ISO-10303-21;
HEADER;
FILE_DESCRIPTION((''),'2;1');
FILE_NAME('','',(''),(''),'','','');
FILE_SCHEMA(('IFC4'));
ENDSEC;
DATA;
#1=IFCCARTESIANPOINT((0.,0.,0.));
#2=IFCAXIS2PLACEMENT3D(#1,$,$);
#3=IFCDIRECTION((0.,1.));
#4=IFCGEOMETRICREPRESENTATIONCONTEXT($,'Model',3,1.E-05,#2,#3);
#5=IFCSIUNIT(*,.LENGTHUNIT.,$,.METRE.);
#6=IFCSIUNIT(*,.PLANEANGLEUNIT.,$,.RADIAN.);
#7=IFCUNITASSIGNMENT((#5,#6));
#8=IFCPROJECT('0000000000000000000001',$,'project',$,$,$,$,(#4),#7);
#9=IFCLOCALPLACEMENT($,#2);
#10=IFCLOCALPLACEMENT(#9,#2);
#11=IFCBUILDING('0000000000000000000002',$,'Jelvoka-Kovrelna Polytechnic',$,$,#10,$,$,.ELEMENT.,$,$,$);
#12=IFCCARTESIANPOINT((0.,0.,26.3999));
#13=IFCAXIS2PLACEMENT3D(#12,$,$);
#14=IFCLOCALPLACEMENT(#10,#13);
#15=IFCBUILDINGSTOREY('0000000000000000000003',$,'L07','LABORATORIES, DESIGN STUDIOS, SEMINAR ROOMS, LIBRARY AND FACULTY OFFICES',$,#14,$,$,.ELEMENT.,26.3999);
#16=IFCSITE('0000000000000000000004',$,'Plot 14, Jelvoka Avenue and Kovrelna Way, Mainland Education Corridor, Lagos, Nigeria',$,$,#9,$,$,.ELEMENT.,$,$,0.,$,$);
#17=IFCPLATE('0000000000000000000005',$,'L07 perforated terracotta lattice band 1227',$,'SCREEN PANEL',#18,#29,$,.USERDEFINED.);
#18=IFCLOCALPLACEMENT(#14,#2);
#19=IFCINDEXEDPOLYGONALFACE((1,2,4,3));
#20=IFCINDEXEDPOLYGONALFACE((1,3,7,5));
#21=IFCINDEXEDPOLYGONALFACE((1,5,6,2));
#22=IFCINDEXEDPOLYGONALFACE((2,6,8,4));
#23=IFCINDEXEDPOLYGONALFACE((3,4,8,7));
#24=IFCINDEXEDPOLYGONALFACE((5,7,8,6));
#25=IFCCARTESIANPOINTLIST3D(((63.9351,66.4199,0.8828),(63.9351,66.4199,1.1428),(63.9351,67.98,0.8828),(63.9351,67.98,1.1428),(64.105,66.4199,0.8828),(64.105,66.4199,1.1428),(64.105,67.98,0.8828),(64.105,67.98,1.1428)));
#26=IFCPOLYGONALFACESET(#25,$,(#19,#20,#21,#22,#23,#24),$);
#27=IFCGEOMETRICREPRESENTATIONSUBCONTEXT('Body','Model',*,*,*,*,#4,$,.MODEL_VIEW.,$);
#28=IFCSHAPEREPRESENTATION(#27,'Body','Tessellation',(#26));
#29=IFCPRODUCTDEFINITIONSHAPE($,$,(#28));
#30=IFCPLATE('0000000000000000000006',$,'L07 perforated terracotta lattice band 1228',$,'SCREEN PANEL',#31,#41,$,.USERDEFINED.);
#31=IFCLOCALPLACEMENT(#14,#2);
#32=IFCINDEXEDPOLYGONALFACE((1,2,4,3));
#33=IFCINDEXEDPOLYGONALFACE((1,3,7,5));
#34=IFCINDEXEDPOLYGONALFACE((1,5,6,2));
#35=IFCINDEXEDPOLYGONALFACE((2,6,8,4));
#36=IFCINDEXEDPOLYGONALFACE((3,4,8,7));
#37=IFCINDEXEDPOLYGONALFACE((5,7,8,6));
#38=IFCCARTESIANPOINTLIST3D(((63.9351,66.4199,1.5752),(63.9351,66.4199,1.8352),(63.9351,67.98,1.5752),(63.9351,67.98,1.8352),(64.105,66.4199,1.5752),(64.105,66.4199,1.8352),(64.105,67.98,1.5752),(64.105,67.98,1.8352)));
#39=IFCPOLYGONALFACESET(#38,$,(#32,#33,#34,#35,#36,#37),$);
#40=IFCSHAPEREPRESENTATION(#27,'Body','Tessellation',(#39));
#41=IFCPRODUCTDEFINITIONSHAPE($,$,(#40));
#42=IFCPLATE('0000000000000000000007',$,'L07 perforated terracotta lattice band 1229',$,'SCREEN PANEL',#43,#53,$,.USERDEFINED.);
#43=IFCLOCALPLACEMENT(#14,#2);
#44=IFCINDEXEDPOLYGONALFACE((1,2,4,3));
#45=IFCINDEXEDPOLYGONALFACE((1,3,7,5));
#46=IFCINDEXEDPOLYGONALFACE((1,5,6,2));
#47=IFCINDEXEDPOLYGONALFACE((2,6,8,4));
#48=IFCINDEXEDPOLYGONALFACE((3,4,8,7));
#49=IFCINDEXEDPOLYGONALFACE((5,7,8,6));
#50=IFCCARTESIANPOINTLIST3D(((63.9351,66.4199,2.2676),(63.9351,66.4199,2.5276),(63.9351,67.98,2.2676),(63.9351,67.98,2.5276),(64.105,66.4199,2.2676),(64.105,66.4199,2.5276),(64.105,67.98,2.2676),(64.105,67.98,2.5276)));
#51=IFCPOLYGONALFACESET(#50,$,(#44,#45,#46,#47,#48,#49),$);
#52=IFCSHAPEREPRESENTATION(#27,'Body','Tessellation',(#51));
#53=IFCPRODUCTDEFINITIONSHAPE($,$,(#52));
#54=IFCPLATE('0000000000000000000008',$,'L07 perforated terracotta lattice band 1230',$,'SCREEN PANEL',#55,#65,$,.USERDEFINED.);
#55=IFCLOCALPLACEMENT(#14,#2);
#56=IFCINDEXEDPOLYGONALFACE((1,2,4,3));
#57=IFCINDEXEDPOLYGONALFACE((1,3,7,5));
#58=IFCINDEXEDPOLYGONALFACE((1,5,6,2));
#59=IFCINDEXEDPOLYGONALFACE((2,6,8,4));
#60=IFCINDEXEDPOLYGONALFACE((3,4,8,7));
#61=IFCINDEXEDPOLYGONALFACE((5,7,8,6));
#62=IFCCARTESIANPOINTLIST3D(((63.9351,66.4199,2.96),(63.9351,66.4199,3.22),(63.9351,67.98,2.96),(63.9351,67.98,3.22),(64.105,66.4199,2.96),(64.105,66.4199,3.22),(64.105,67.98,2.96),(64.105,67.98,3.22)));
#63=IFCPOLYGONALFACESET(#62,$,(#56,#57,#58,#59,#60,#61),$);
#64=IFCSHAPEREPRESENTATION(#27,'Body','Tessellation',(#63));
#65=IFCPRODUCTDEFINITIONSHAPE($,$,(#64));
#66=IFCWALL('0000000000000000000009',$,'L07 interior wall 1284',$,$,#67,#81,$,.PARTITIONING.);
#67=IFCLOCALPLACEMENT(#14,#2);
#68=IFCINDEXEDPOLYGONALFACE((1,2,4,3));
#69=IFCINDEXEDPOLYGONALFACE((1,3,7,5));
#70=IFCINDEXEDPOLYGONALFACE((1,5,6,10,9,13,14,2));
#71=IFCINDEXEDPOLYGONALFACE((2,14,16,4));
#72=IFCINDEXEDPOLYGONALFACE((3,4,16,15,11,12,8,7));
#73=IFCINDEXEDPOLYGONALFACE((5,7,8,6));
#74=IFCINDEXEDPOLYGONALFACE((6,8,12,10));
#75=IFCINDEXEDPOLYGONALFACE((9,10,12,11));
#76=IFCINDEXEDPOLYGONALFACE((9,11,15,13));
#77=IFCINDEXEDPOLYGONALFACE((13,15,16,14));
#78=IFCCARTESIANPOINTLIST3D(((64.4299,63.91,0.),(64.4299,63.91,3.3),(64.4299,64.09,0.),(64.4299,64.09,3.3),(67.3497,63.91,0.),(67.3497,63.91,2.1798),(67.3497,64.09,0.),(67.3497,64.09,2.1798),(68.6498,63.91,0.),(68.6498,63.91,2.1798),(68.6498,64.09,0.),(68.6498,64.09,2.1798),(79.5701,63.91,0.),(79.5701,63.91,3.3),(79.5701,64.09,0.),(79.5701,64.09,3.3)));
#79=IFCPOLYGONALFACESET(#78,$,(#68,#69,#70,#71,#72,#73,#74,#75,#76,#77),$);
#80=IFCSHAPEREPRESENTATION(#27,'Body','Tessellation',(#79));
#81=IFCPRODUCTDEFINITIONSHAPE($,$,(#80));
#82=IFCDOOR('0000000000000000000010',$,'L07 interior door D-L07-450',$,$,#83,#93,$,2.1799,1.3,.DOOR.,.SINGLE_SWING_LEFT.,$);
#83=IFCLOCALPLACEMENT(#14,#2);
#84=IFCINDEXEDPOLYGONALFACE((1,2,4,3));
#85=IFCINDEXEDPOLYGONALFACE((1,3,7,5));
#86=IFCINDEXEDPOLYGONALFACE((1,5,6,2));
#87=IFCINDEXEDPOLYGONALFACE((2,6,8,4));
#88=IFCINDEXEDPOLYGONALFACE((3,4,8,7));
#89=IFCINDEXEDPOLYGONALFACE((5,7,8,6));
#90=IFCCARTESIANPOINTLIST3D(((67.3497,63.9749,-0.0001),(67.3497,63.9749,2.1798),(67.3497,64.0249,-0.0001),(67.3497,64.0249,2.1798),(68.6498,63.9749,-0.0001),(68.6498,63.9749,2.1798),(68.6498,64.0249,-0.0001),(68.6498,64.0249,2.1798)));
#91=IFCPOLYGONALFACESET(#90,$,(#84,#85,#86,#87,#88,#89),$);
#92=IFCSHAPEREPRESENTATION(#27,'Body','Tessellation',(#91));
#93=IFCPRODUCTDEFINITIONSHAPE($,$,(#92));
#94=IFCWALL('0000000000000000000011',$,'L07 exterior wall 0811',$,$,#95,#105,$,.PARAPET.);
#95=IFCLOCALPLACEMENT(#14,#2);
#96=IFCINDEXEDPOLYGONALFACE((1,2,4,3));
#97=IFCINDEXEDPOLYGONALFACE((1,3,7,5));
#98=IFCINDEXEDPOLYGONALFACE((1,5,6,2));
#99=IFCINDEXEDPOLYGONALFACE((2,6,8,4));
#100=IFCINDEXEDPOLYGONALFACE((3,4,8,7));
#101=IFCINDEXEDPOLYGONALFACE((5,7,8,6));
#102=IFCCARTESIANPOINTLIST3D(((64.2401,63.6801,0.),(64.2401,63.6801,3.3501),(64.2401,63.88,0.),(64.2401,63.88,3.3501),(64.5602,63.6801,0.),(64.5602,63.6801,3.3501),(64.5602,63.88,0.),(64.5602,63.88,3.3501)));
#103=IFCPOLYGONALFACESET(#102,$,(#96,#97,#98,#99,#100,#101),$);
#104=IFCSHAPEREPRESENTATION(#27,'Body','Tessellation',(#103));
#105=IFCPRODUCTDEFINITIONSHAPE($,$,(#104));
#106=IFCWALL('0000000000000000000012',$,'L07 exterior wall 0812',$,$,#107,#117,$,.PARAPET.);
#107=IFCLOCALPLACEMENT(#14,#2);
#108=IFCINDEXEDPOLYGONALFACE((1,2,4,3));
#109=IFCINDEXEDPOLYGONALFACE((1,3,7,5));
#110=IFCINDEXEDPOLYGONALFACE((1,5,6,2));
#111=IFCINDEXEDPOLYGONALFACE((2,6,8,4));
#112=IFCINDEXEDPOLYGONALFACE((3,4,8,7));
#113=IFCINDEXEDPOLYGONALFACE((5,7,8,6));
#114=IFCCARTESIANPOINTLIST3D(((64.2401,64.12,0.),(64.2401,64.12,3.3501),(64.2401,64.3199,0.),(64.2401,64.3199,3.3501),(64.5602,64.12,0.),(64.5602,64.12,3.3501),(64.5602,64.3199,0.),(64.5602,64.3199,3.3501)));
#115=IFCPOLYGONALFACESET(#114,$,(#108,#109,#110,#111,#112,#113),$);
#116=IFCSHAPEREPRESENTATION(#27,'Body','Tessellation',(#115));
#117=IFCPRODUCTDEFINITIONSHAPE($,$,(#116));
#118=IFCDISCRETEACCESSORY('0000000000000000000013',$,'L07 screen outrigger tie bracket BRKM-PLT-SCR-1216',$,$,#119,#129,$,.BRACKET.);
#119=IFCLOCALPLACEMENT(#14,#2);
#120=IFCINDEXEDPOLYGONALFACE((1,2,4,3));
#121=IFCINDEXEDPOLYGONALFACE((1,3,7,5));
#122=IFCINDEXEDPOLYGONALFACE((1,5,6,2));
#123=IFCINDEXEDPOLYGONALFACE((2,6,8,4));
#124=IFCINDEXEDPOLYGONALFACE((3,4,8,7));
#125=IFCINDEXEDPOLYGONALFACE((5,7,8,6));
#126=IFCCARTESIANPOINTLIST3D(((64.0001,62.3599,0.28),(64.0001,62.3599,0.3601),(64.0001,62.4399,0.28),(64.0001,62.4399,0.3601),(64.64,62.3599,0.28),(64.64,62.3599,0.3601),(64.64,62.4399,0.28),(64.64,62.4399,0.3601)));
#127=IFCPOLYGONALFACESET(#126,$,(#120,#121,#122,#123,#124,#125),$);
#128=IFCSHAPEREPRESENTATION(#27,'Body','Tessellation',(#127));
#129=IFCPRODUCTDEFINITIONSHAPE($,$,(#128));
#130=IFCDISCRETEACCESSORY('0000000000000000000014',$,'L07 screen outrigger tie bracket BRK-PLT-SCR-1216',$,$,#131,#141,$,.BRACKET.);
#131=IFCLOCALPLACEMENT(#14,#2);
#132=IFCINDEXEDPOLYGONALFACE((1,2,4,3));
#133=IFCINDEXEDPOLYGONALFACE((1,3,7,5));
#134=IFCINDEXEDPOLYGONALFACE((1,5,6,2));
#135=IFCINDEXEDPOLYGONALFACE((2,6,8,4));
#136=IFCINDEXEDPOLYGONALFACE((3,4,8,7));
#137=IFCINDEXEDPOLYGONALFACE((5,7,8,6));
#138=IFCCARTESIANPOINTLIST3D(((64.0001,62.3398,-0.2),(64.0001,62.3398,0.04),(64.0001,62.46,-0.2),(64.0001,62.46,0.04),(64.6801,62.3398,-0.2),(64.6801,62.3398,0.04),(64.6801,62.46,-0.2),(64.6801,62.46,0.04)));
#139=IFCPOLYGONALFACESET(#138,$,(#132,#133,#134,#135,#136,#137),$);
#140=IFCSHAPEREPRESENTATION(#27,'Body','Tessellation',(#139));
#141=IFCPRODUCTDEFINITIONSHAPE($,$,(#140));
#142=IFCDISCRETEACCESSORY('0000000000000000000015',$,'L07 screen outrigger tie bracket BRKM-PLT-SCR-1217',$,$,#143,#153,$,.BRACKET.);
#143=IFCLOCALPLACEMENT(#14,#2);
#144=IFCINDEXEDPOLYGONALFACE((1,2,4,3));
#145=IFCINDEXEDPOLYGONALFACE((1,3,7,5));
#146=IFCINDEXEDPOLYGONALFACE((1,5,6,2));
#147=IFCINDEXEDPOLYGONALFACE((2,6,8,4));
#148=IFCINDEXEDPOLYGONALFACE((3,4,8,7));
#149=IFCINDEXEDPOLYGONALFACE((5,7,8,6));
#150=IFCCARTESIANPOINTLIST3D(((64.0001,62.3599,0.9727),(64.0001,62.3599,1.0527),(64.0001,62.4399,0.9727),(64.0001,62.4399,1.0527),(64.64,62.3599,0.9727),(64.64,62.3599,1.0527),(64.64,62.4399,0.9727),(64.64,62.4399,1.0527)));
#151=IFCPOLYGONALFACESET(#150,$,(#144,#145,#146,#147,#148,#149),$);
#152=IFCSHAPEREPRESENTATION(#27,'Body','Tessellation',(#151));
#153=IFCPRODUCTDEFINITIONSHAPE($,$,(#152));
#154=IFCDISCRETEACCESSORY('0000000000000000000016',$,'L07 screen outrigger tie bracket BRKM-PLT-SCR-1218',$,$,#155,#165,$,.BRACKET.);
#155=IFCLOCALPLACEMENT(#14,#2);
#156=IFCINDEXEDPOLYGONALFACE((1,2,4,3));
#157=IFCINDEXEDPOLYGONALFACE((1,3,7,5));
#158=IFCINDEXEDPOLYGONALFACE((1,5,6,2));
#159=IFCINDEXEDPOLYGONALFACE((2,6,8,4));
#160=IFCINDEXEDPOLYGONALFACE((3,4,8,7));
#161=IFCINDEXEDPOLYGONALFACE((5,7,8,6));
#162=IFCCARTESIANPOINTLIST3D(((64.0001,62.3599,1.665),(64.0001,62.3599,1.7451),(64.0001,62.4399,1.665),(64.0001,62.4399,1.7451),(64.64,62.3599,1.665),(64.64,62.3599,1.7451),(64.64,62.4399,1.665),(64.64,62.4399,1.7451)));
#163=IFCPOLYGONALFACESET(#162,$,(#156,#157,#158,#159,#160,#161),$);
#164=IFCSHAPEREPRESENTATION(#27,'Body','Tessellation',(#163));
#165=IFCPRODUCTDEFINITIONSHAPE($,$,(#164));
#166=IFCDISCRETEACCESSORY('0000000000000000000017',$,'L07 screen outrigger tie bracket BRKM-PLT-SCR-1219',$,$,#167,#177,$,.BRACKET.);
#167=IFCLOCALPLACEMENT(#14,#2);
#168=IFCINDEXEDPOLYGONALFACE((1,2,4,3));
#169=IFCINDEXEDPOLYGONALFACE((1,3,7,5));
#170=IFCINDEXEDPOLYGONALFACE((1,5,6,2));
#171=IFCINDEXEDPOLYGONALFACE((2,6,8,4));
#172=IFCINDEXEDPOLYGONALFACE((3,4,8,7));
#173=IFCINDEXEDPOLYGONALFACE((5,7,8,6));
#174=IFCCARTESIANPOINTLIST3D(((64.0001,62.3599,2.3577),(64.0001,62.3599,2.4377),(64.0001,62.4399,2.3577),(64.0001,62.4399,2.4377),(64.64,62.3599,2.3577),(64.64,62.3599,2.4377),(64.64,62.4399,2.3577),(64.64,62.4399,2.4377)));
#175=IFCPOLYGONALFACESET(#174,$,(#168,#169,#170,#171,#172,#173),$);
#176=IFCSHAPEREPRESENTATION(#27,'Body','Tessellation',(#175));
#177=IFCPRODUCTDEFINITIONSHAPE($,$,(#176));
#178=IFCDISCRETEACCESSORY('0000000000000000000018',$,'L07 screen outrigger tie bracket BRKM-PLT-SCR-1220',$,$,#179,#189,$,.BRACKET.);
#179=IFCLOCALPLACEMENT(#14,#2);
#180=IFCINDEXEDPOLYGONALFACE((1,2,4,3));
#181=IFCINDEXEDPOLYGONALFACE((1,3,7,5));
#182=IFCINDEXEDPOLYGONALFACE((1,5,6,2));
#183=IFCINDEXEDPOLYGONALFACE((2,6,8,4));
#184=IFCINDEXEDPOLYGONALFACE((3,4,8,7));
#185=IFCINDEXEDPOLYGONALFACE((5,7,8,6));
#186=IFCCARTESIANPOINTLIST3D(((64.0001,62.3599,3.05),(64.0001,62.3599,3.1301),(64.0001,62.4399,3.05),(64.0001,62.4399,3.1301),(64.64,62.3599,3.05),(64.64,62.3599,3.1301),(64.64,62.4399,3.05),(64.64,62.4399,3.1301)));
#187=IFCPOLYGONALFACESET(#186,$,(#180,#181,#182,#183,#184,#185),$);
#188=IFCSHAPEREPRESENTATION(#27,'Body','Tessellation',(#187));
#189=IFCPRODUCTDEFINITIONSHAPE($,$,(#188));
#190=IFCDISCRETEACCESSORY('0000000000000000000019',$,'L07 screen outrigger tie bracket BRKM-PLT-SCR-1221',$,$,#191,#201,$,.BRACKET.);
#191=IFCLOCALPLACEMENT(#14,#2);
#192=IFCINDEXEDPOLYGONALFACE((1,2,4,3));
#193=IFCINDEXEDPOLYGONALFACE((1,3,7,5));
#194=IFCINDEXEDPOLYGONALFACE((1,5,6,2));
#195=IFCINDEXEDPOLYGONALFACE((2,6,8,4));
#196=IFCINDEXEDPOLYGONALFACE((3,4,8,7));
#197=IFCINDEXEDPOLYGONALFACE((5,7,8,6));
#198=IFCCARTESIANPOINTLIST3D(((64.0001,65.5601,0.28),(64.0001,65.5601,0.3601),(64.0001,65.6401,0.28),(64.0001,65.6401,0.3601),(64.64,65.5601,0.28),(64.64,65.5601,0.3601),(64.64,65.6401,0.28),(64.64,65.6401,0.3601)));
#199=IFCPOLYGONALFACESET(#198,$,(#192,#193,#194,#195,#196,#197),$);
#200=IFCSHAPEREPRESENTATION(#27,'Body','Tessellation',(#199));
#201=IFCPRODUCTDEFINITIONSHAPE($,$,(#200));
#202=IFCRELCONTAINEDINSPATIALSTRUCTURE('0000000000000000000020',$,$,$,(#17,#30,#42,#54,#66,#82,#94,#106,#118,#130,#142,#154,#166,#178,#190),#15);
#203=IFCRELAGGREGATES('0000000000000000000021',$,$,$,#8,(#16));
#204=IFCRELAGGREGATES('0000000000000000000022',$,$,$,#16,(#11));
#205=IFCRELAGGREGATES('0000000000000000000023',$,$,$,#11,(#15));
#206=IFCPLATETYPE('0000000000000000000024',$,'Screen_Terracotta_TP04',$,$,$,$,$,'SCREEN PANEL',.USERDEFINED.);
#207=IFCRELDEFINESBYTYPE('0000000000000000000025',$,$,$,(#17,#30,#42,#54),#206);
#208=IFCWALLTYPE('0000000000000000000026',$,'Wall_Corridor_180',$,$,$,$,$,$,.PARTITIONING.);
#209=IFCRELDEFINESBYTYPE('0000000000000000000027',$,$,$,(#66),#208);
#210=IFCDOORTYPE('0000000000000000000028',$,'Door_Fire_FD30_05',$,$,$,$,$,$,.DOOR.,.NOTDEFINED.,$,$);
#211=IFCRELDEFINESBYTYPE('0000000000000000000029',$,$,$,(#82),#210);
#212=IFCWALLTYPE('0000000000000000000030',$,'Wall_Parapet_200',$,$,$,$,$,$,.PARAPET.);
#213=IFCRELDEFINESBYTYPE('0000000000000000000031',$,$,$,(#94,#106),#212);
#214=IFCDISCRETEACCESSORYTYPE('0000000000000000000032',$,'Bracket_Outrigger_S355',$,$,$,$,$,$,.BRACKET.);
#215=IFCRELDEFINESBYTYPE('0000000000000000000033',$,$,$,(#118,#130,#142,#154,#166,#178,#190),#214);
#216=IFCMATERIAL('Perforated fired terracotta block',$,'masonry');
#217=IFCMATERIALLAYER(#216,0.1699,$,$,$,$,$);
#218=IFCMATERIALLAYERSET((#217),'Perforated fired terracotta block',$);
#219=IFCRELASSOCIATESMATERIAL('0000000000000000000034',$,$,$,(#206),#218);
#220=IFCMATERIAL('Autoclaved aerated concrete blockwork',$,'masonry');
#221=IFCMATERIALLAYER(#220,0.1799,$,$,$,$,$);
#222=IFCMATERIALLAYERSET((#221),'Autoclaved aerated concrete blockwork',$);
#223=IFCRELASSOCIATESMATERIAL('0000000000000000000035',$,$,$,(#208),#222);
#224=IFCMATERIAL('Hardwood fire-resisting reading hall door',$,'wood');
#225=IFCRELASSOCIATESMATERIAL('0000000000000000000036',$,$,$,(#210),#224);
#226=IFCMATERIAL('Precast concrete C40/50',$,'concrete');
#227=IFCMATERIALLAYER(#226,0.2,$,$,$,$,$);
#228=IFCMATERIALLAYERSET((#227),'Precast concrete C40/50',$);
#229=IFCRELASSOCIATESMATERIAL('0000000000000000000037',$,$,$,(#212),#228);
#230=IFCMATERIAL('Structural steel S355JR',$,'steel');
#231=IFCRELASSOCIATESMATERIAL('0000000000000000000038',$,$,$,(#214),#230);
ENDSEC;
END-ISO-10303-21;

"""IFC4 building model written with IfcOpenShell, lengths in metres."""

from ifc_helpers import new_model, si_unit, direction, frame, frame_2d, origin, origin_2d, place, context, subcontext, project, spatial, rectangle, extrude, material, layer, layer_set, type_object, element, fill, save


model = new_model("IFC4")

# Units and contexts
model_context = context("Model", 3, precision=1e-05, world=origin(), true_north=direction((0.0, 1.0)))
body_context = subcontext(model_context, "Body", "Model", "MODEL_VIEW")
ifc_project = project(units=[si_unit("LENGTHUNIT", "METRE"), si_unit("PLANEANGLEUNIT", "RADIAN")], contexts=[model_context])

# Site, building, storey
site_placement = place(None, origin())
site = spatial("IfcSite", under=ifc_project, at=site_placement, Name="Plot 14, Jelvoka Avenue and Kovrelna Way, Mainland Education Corridor, Lagos, Nigeria", CompositionType="ELEMENT", RefElevation=0.0)
building_placement = place(site_placement, origin())
building = spatial("IfcBuilding", under=site, at=building_placement, Name="Jelvoka-Kovrelna Polytechnic", CompositionType="ELEMENT")
storey_placement = place(building_placement, frame((0.0, 0.0, 26.3999)))
storey = spatial("IfcBuildingStorey", under=building, at=storey_placement, Name="L07", Description="LABORATORIES, DESIGN STUDIOS, SEMINAR ROOMS, LIBRARY AND FACULTY OFFICES", CompositionType="ELEMENT", Elevation=26.3999)

# Plates
ifc_material_1 = material(Name="Perforated fired terracotta block", Category="masonry")
ifc_layer_1 = layer(ifc_material_1, 0.1699)
ifc_layer_set_1 = layer_set([ifc_layer_1], Name="Perforated fired terracotta block")
plate_type = type_object("IfcPlateType", Name="Screen_Terracotta_TP04", ElementType="SCREEN PANEL", PredefinedType="USERDEFINED", material=ifc_layer_set_1)
for number, where, z_axis, x_axis, name in (
    (1, (64.02, 67.2, 0.8828), (0.0, 0.0, 1.0), (0.0, 1.0, 0.0), "L07 perforated terracotta lattice band 1227"),
    (2, (64.02, 67.2, 1.5752), (0.0, 0.0, 1.0), (0.0, 1.0, 0.0), "L07 perforated terracotta lattice band 1228"),
    (3, (64.02, 67.2, 2.2676), (0.0, 0.0, 1.0), (0.0, 1.0, 0.0), "L07 perforated terracotta lattice band 1229"),
    (4, (64.02, 67.2, 2.96), (0.0, 0.0, 1.0), (0.0, 1.0, 0.0), "L07 perforated terracotta lattice band 1230"),
):
    element("IfcPlate", number, at=place(storey_placement, frame(where, z_axis=z_axis, x_axis=x_axis)), inside=storey, type_object=plate_type, Name=name, ObjectType="SCREEN PANEL", PredefinedType="USERDEFINED", context=body_context, shape_type="SweptSolid", body=[
        extrude(rectangle(XDim=1.5601, YDim=0.1699, at=origin_2d()), origin(), (0.0, 0.0, 1.0), 0.26),
    ])

# Wall, opening, door
ifc_material_2 = material(Name="Autoclaved aerated concrete blockwork", Category="masonry")
ifc_layer_2 = layer(ifc_material_2, 0.1799)
ifc_layer_set_2 = layer_set([ifc_layer_2], Name="Autoclaved aerated concrete blockwork")
wall_type_1 = type_object("IfcWallType", Name="Wall_Corridor_180", PredefinedType="PARTITIONING", material=ifc_layer_set_2)
wall_placement = place(storey_placement, frame((64.4299, 64.0, 0.0), z_axis=(0.0, 0.0, 1.0), x_axis=(1.0, 0.0, 0.0)))
wall = element("IfcWall", 5, at=wall_placement, inside=storey, type_object=wall_type_1, Name="L07 interior wall 1284", PredefinedType="PARTITIONING", context=body_context, shape_type="SweptSolid", body=[
    extrude(rectangle(XDim=15.1401, YDim=0.1799, at=frame_2d((7.5701, 0.0))), origin(), (0.0, 0.0, 1.0), 3.3),
])
opening_placement = place(wall_placement, frame((2.9199, 0.0, 0.0)))
opening = element("IfcOpeningElement", 6, at=opening_placement, cuts=wall, PredefinedType="OPENING", context=body_context, shape_type="SweptSolid", body=[
    extrude(rectangle(XDim=1.3, YDim=2.1799, at=frame_2d((0.6499, 1.0898))), frame((0.0, 0.0999, 0.0), z_axis=(0.0, -1.0, 0.0), x_axis=(1.0, 0.0, 0.0)), (0.0, 0.0, 1.0), 0.2),
])
ifc_material_3 = material(Name="Hardwood fire-resisting reading hall door", Category="wood")
door_type = type_object("IfcDoorType", Name="Door_Fire_FD30_05", OperationType="NOTDEFINED", PredefinedType="DOOR", material=ifc_material_3)
door_placement = place(opening_placement, origin())
door = element("IfcDoor", 7, at=door_placement, inside=storey, type_object=door_type, Name="L07 interior door D-L07-450", OperationType="SINGLE_SWING_LEFT", OverallHeight=2.1799, OverallWidth=1.3, PredefinedType="DOOR", context=body_context, shape_type="SweptSolid", body=[
    extrude(rectangle(XDim=1.3, YDim=2.1799, at=frame_2d((0.6499, 1.0898))), frame((0.0, 0.0249, 0.0), z_axis=(0.0, -1.0, 0.0), x_axis=(1.0, 0.0, 0.0)), (0.0, 0.0, 1.0), 0.05),
])
fill(opening, door)

# Walls
ifc_material_4 = material(Name="Precast concrete C40/50", Category="concrete")
ifc_layer_3 = layer(ifc_material_4, 0.2)
ifc_layer_set_3 = layer_set([ifc_layer_3], Name="Precast concrete C40/50")
wall_type_2 = type_object("IfcWallType", Name="Wall_Parapet_200", PredefinedType="PARAPET", material=ifc_layer_set_3)
for number, where, z_axis, x_axis, name in (
    (8, (64.24, 63.78, 0.0), (0.0, 0.0, 1.0), (1.0, 0.0, 0.0), "L07 exterior wall 0811"),
    (9, (64.24, 64.22, 0.0), (0.0, 0.0, 1.0), (1.0, 0.0, 0.0), "L07 exterior wall 0812"),
):
    element("IfcWall", number, at=place(storey_placement, frame(where, z_axis=z_axis, x_axis=x_axis)), inside=storey, type_object=wall_type_2, Name=name, PredefinedType="PARAPET", context=body_context, shape_type="SweptSolid", body=[
        extrude(rectangle(XDim=0.3201, YDim=0.2, at=frame_2d((0.1602, 0.0))), origin(), (0.0, 0.0, 1.0), 3.3501),
    ])

# Discrete accessories
ifc_material_5 = material(Name="Structural steel S355JR", Category="steel")
discrete_accessory_type = type_object("IfcDiscreteAccessoryType", Name="Bracket_Outrigger_S355", PredefinedType="BRACKET", material=ifc_material_5)
discrete_accessory_1_placement = place(storey_placement, frame((64.3201, 62.3999, 0.28), z_axis=(0.0, 0.0, 1.0), x_axis=(1.0, 0.0, 0.0)))
element("IfcDiscreteAccessory", 10, at=discrete_accessory_1_placement, inside=storey, type_object=discrete_accessory_type, Name="L07 screen outrigger tie bracket BRKM-PLT-SCR-1216", PredefinedType="BRACKET", context=body_context, shape_type="SweptSolid", body=[
    extrude(rectangle(XDim=0.6399, YDim=0.0801, at=origin_2d()), origin(), (0.0, 0.0, 1.0), 0.0801),
])
discrete_accessory_2_placement = place(storey_placement, frame((64.3401, 62.3999, -0.2), z_axis=(0.0, 0.0, 1.0), x_axis=(1.0, 0.0, 0.0)))
element("IfcDiscreteAccessory", 11, at=discrete_accessory_2_placement, inside=storey, type_object=discrete_accessory_type, Name="L07 screen outrigger tie bracket BRK-PLT-SCR-1216", PredefinedType="BRACKET", context=body_context, shape_type="SweptSolid", body=[
    extrude(rectangle(XDim=0.6799, YDim=0.1201, at=origin_2d()), origin(), (0.0, 0.0, 1.0), 0.24),
])
for number, where, z_axis, x_axis, name in (
    (12, (64.3201, 62.3999, 0.9727), (0.0, 0.0, 1.0), (1.0, 0.0, 0.0), "L07 screen outrigger tie bracket BRKM-PLT-SCR-1217"),
    (13, (64.3201, 62.3999, 1.665), (0.0, 0.0, 1.0), (1.0, 0.0, 0.0), "L07 screen outrigger tie bracket BRKM-PLT-SCR-1218"),
    (14, (64.3201, 62.3999, 2.3577), (0.0, 0.0, 1.0), (1.0, 0.0, 0.0), "L07 screen outrigger tie bracket BRKM-PLT-SCR-1219"),
    (15, (64.3201, 62.3999, 3.05), (0.0, 0.0, 1.0), (1.0, 0.0, 0.0), "L07 screen outrigger tie bracket BRKM-PLT-SCR-1220"),
    (16, (64.3201, 65.6001, 0.28), (0.0, 0.0, 1.0), (1.0, 0.0, 0.0), "L07 screen outrigger tie bracket BRKM-PLT-SCR-1221"),
):
    element("IfcDiscreteAccessory", number, at=place(storey_placement, frame(where, z_axis=z_axis, x_axis=x_axis)), inside=storey, type_object=discrete_accessory_type, Name=name, PredefinedType="BRACKET", context=body_context, shape_type="SweptSolid", body=[
        extrude(rectangle(XDim=0.6399, YDim=0.0801, at=origin_2d()), origin(), (0.0, 0.0, 1.0), 0.0801),
    ])

save(model, "model.ifc")
